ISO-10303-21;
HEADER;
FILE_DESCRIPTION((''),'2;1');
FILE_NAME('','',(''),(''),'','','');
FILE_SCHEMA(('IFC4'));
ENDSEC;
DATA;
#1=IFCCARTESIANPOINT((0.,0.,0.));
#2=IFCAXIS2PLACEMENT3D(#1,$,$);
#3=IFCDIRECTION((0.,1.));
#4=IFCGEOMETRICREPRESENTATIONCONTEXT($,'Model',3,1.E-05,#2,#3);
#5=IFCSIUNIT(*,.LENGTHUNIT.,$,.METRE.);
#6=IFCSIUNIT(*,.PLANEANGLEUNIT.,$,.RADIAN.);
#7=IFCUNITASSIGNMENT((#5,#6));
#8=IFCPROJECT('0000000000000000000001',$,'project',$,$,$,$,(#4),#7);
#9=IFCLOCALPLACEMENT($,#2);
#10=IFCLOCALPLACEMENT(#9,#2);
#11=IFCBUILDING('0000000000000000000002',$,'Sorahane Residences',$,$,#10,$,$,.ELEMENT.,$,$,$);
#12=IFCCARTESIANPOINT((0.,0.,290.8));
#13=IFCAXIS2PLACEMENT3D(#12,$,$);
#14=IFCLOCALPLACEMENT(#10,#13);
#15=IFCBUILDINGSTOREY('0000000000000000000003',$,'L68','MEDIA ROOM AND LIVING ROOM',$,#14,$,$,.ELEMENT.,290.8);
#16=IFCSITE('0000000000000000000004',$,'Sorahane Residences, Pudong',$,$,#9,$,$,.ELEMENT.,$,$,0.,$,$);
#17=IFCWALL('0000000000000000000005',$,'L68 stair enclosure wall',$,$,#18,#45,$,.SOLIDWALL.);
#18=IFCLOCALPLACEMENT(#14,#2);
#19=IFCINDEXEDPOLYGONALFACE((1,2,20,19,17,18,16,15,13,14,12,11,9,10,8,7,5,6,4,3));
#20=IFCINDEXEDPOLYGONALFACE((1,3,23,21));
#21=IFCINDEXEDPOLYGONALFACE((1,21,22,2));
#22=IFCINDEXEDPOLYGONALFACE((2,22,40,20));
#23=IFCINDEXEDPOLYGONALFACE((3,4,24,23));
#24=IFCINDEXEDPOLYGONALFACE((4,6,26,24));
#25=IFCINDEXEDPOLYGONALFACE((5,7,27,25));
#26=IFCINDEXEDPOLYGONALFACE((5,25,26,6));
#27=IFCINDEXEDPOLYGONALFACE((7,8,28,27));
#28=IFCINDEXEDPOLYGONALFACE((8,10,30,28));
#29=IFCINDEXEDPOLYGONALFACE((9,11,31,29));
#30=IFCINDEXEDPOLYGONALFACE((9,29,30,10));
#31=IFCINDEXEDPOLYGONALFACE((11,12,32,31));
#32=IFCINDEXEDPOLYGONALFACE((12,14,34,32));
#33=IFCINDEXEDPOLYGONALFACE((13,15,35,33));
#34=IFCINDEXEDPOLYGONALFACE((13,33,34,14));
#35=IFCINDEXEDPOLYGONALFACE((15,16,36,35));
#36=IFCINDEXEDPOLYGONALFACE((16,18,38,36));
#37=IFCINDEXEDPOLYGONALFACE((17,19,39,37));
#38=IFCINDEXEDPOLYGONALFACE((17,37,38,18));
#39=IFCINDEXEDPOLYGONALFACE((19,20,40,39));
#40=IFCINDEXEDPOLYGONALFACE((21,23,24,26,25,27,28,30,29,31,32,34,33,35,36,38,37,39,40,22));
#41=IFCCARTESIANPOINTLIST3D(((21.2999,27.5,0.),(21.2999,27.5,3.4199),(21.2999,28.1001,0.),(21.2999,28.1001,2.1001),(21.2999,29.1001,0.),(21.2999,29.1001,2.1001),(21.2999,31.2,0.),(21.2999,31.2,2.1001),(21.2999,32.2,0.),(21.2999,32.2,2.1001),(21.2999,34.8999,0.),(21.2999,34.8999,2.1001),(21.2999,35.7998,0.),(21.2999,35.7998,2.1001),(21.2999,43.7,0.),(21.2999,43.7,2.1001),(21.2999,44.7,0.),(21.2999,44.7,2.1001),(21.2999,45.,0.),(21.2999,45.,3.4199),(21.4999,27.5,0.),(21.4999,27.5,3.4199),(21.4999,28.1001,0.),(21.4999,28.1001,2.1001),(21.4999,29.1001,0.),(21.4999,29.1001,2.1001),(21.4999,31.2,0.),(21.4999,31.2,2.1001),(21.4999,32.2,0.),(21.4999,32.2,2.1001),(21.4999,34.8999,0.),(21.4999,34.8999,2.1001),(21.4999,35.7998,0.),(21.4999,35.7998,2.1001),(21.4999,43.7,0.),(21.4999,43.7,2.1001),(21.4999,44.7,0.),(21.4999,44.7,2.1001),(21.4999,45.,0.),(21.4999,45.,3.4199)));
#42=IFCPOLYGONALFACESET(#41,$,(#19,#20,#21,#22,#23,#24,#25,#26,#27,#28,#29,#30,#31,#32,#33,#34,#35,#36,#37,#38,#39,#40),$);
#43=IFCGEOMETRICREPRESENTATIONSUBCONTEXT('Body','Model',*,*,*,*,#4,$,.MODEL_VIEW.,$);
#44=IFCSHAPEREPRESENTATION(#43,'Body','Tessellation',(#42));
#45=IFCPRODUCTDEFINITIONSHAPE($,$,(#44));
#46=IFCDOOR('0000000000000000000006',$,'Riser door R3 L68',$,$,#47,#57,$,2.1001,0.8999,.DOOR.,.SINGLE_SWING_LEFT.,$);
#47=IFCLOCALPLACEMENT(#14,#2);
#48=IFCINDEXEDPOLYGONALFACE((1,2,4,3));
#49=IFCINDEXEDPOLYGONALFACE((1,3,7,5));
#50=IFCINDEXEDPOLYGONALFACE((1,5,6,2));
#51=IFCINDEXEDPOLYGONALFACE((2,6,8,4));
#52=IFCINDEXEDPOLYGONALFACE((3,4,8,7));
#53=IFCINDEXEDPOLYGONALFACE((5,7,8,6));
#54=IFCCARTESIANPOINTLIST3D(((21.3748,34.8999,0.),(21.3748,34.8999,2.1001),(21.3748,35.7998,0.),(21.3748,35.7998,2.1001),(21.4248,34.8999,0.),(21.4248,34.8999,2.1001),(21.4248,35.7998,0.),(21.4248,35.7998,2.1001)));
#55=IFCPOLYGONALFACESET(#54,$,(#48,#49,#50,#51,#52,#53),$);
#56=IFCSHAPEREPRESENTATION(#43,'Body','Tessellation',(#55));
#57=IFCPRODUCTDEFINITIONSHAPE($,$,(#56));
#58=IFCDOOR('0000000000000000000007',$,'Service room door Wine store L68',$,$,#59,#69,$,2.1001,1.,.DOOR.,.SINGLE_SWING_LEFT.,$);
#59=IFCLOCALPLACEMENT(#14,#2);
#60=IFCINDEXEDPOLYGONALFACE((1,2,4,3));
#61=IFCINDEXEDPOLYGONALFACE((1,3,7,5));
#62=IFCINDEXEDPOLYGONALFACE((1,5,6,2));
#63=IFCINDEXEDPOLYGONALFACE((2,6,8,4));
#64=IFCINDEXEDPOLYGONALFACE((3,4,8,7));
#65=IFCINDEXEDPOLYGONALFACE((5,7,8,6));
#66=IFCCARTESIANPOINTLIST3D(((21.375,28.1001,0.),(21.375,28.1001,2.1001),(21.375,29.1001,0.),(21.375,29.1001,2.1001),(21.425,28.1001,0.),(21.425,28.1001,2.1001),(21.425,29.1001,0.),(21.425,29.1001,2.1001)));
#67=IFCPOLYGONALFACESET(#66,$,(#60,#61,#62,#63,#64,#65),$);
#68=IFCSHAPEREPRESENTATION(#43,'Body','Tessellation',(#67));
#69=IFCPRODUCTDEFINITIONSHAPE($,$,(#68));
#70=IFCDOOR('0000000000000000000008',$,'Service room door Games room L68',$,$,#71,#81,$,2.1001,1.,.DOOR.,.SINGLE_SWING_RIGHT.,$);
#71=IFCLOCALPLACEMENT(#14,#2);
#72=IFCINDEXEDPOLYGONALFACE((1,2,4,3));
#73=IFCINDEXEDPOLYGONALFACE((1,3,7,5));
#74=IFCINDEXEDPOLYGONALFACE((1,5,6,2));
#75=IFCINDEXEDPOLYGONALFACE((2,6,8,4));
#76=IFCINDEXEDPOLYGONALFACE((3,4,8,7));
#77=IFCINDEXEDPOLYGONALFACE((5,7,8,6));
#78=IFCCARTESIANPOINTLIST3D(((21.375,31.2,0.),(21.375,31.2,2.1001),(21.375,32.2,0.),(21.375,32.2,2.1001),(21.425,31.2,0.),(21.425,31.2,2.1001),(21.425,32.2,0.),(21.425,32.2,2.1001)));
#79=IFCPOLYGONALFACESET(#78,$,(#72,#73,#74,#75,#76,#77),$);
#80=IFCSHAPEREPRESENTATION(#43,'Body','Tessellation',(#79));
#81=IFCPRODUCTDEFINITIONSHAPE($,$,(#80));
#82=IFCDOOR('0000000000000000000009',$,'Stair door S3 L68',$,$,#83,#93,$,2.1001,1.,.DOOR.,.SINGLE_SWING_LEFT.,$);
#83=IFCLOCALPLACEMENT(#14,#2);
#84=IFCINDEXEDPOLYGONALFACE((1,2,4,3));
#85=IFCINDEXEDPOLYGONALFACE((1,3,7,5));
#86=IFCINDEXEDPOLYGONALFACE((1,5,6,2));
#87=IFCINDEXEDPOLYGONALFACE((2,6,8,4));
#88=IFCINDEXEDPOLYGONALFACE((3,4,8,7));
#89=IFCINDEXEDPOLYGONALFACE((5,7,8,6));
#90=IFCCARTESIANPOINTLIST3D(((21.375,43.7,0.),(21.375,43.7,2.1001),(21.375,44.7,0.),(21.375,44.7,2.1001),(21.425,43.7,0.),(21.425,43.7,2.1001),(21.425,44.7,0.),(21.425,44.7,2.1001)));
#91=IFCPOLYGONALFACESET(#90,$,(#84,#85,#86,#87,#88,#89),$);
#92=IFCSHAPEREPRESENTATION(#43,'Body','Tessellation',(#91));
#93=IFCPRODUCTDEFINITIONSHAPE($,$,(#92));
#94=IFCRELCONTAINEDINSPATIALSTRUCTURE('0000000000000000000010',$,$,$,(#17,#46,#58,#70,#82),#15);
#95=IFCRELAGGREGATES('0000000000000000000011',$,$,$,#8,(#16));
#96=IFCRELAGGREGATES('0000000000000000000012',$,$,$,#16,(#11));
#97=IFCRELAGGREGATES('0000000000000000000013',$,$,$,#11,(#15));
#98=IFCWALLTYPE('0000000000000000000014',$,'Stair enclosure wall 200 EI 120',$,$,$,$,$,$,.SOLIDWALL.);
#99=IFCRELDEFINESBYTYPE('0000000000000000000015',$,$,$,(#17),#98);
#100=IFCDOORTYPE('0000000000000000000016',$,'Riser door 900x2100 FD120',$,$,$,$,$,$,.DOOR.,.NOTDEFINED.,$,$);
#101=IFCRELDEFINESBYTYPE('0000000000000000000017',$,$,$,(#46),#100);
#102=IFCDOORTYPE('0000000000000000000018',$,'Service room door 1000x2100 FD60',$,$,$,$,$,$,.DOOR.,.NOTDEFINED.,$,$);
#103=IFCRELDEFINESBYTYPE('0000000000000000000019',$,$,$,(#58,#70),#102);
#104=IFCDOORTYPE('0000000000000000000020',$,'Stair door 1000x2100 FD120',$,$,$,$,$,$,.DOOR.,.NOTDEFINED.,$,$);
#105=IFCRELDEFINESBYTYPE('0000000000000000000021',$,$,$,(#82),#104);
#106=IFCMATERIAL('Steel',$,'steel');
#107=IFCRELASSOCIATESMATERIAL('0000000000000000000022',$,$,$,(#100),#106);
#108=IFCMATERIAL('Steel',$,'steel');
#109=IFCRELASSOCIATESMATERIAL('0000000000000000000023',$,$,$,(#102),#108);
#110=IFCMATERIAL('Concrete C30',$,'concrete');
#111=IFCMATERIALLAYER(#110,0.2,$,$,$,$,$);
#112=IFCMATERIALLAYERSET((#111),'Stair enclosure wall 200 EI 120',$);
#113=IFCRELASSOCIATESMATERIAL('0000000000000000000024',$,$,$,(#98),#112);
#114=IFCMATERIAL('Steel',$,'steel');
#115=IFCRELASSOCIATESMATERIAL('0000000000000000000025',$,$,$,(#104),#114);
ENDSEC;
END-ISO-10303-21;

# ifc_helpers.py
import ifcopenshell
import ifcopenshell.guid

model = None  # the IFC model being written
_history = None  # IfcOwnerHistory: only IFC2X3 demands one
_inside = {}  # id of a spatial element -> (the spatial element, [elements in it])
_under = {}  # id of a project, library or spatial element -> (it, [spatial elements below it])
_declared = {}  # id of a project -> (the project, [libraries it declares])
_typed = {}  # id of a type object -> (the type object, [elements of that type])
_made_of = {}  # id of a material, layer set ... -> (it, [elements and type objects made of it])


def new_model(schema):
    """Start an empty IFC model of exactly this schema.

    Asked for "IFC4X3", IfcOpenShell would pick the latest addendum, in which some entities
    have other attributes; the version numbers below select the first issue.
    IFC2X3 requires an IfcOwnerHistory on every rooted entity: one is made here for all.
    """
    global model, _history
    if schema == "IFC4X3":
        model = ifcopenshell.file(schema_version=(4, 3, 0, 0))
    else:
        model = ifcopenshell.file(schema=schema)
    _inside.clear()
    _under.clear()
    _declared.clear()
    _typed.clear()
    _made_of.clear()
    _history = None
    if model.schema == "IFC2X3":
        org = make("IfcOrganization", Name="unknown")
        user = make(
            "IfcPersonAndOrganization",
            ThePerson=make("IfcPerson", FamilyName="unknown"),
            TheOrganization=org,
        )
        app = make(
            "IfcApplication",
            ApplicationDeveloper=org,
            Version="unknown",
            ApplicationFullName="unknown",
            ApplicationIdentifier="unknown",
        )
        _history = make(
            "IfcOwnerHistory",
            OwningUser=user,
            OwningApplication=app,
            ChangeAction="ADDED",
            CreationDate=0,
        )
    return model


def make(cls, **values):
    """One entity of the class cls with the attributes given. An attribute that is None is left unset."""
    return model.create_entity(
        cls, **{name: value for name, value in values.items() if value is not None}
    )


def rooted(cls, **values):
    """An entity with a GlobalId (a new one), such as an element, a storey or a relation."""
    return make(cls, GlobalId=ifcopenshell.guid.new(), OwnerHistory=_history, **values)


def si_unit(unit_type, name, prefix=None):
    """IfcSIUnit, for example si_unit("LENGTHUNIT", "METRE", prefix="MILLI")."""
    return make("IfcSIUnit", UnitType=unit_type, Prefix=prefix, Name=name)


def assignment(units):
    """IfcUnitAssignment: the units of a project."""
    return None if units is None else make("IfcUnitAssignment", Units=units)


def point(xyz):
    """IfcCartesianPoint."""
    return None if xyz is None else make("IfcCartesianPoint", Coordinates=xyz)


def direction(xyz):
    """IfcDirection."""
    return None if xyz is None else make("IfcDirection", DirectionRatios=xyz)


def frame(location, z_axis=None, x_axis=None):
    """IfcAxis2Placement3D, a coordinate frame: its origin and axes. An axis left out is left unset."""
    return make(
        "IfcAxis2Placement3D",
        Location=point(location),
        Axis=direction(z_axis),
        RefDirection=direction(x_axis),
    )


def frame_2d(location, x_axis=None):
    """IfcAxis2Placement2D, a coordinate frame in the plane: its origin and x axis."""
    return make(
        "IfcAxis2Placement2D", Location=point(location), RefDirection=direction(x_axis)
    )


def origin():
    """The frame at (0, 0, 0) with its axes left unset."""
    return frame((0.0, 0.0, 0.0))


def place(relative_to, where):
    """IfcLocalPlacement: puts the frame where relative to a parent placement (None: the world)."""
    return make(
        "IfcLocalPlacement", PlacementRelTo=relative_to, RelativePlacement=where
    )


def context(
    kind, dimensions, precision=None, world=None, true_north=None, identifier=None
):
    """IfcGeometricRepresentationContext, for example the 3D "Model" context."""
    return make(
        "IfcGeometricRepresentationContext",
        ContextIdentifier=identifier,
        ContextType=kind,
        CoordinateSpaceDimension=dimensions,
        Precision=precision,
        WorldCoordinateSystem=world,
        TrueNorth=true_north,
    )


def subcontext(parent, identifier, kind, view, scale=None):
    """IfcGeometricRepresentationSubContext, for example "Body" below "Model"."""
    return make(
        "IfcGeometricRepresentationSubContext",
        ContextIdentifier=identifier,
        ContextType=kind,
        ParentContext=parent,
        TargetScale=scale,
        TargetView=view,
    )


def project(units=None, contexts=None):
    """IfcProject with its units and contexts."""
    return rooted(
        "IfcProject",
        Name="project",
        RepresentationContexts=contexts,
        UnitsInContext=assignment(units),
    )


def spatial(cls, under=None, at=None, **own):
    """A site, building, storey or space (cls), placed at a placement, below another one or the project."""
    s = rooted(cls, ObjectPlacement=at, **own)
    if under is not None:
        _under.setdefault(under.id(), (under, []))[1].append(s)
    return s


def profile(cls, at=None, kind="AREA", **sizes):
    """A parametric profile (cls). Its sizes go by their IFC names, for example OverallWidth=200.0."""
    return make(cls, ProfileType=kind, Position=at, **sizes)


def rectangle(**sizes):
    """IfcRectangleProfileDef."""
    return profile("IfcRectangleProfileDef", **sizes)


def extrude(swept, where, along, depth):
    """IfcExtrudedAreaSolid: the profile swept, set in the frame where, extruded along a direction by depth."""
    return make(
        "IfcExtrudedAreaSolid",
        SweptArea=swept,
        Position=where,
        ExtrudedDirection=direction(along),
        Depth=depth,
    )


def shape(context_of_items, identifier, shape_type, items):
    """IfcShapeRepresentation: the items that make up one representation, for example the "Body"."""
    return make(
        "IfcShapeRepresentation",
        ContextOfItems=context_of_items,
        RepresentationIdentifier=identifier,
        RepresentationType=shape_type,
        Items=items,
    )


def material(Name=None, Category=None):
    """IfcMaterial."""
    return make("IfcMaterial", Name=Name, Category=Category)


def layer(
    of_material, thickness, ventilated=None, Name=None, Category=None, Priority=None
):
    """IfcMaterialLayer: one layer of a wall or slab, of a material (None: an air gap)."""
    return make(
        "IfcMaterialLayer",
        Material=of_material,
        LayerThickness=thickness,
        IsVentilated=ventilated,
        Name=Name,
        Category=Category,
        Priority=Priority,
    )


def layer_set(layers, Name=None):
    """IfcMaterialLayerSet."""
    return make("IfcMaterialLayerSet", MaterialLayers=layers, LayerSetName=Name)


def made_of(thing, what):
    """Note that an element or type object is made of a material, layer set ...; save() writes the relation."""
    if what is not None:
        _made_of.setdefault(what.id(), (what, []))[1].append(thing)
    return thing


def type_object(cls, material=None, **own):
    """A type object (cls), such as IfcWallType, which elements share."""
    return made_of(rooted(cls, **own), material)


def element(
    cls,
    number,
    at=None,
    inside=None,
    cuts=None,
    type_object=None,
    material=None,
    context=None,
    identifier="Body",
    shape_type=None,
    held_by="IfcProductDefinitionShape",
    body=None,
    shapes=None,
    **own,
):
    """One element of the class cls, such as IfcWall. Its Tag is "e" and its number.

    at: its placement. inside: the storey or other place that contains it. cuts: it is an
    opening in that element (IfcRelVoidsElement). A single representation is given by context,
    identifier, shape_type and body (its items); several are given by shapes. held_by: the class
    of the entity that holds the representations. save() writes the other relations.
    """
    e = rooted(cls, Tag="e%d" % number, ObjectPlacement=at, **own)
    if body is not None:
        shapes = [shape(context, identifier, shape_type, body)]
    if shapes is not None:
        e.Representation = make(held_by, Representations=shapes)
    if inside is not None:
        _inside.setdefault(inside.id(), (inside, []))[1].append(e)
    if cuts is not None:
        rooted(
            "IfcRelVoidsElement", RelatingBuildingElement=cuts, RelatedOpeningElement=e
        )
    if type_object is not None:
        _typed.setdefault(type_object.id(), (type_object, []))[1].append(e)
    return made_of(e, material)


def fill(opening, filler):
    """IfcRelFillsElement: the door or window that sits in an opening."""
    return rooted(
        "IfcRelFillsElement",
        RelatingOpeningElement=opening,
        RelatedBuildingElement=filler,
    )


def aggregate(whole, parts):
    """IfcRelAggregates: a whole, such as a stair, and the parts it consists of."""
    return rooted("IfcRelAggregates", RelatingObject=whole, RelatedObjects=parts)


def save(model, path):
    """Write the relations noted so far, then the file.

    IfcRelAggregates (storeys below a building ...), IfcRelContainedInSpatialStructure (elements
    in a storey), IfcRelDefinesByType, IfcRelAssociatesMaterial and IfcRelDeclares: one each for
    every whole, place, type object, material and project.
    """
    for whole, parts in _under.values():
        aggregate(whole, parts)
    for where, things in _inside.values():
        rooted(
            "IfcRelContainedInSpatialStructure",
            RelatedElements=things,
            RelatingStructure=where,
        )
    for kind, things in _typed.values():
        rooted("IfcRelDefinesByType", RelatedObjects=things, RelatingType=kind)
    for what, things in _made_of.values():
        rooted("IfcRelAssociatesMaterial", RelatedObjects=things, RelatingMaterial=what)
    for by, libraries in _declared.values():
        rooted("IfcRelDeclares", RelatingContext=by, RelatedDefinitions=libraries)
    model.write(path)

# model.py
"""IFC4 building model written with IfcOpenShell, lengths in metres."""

from ifc_helpers import new_model, si_unit, direction, frame, frame_2d, origin, place, context, subcontext, project, spatial, rectangle, extrude, material, layer, layer_set, type_object, element, fill, save


model = new_model("IFC4")

# Units and contexts
model_context = context("Model", 3, precision=1e-05, world=origin(), true_north=direction((0.0, 1.0)))
body_context = subcontext(model_context, "Body", "Model", "MODEL_VIEW")
ifc_project = project(units=[si_unit("LENGTHUNIT", "METRE"), si_unit("PLANEANGLEUNIT", "RADIAN")], contexts=[model_context])

# Site, building, storey
site_placement = place(None, origin())
site = spatial("IfcSite", under=ifc_project, at=site_placement, Name="Sorahane Residences, Pudong", CompositionType="ELEMENT", RefElevation=0.0)
building_placement = place(site_placement, origin())
building = spatial("IfcBuilding", under=site, at=building_placement, Name="Sorahane Residences", CompositionType="ELEMENT")
storey_placement = place(building_placement, frame((0.0, 0.0, 290.8)))
storey = spatial("IfcBuildingStorey", under=building, at=storey_placement, Name="L68", Description="MEDIA ROOM AND LIVING ROOM", CompositionType="ELEMENT", Elevation=290.8)

# Shared definitions
ifc_material_1 = material(Name="Steel", Category="steel")
door_type_1 = type_object("IfcDoorType", Name="Riser door 900x2100 FD120", OperationType="NOTDEFINED", PredefinedType="DOOR", material=ifc_material_1)
ifc_material_2 = material(Name="Steel", Category="steel")
door_type_2 = type_object("IfcDoorType", Name="Service room door 1000x2100 FD60", OperationType="NOTDEFINED", PredefinedType="DOOR", material=ifc_material_2)

# Wall, openings, doors
ifc_material_3 = material(Name="Concrete C30", Category="concrete")
ifc_layer_1 = layer(ifc_material_3, 0.2)
ifc_layer_set_1 = layer_set([ifc_layer_1], Name="Stair enclosure wall 200 EI 120")
wall_type_1 = type_object("IfcWallType", Name="Stair enclosure wall 200 EI 120", PredefinedType="SOLIDWALL", material=ifc_layer_set_1)
wall_1_placement = place(storey_placement, frame((21.3999, 27.5, 0.0), z_axis=(0.0, 0.0, 1.0), x_axis=(0.0, 1.0, 0.0)))
wall_1 = element("IfcWall", 1, at=wall_1_placement, inside=storey, type_object=wall_type_1, Name="L68 stair enclosure wall", PredefinedType="SOLIDWALL", context=body_context, shape_type="SweptSolid", body=[
    extrude(rectangle(XDim=17.5, YDim=0.2, at=frame_2d((8.75, 0.0))), origin(), (0.0, 0.0, 1.0), 3.4199),
])
opening_1_placement = place(wall_1_placement, frame((0.6001, 0.0, 0.0)))
opening_1 = element("IfcOpeningElement", 2, at=opening_1_placement, cuts=wall_1, PredefinedType="OPENING", context=body_context, shape_type="SweptSolid", body=[
    extrude(rectangle(XDim=1.0, YDim=2.1001, at=frame_2d((0.5, 1.05))), frame((0.0, 0.1099, 0.0), z_axis=(0.0, -1.0, 0.0), x_axis=(1.0, 0.0, 0.0)), (0.0, 0.0, 1.0), 0.22),
])
opening_2_placement = place(wall_1_placement, frame((3.7, 0.0, 0.0)))
opening_2 = element("IfcOpeningElement", 3, at=opening_2_placement, cuts=wall_1, PredefinedType="OPENING", context=body_context, shape_type="SweptSolid", body=[
    extrude(rectangle(XDim=1.0, YDim=2.1001, at=frame_2d((0.5, 1.05))), frame((0.0, 0.1099, 0.0), z_axis=(0.0, -1.0, 0.0), x_axis=(1.0, 0.0, 0.0)), (0.0, 0.0, 1.0), 0.22),
])
opening_3_placement = place(wall_1_placement, frame((16.2, 0.0, 0.0)))
opening_3 = element("IfcOpeningElement", 4, at=opening_3_placement, cuts=wall_1, PredefinedType="OPENING", context=body_context, shape_type="SweptSolid", body=[
    extrude(rectangle(XDim=1.0, YDim=2.1001, at=frame_2d((0.5, 1.05))), frame((0.0, 0.1099, 0.0), z_axis=(0.0, -1.0, 0.0), x_axis=(1.0, 0.0, 0.0)), (0.0, 0.0, 1.0), 0.22),
])
opening_4_placement = place(wall_1_placement, frame((7.3999, 0.0, 0.0)))
opening_4 = element("IfcOpeningElement", 5, at=opening_4_placement, cuts=wall_1, PredefinedType="OPENING", context=body_context, shape_type="SweptSolid", body=[
    extrude(rectangle(XDim=0.8999, YDim=2.1001, at=frame_2d((0.45, 1.05))), frame((0.0, 0.1099, 0.0), z_axis=(0.0, -1.0, 0.0), x_axis=(1.0, 0.0, 0.0)), (0.0, 0.0, 1.0), 0.22),
])
door_1_placement = place(opening_4_placement, frame((0.8999, 0.0, 0.0), z_axis=(0.0, 0.0, 1.0), x_axis=(-1.0, 0.0, 0.0)))
door_1 = element("IfcDoor", 6, at=door_1_placement, inside=storey, type_object=door_type_1, Name="Riser door R3 L68", OperationType="SINGLE_SWING_LEFT", OverallHeight=2.1001, OverallWidth=0.8999, PredefinedType="DOOR", context=body_context, shape_type="SweptSolid", body=[
    extrude(rectangle(XDim=0.8999, YDim=2.1001, at=frame_2d((0.45, 1.05))), frame((0.0, 0.0249, 0.0), z_axis=(0.0, -1.0, 0.0), x_axis=(1.0, 0.0, 0.0)), (0.0, 0.0, 1.0), 0.05),
])
fill(opening_4, door_1)
door_2_placement = place(opening_1_placement, origin())
door_2 = element("IfcDoor", 7, at=door_2_placement, inside=storey, type_object=door_type_2, Name="Service room door Wine store L68", OperationType="SINGLE_SWING_LEFT", OverallHeight=2.1001, OverallWidth=1.0, PredefinedType="DOOR", context=body_context, shape_type="SweptSolid", body=[
    extrude(rectangle(XDim=1.0, YDim=2.1001, at=frame_2d((0.5, 1.05))), frame((0.0, 0.0249, 0.0), z_axis=(0.0, -1.0, 0.0), x_axis=(1.0, 0.0, 0.0)), (0.0, 0.0, 1.0), 0.05),
])
fill(opening_1, door_2)
door_3_placement = place(opening_2_placement, origin())
door_3 = element("IfcDoor", 8, at=door_3_placement, inside=storey, type_object=door_type_2, Name="Service room door Games room L68", OperationType="SINGLE_SWING_RIGHT", OverallHeight=2.1001, OverallWidth=1.0, PredefinedType="DOOR", context=body_context, shape_type="SweptSolid", body=[
    extrude(rectangle(XDim=1.0, YDim=2.1001, at=frame_2d((0.5, 1.05))), frame((0.0, 0.0249, 0.0), z_axis=(0.0, -1.0, 0.0), x_axis=(1.0, 0.0, 0.0)), (0.0, 0.0, 1.0), 0.05),
])
fill(opening_2, door_3)
ifc_material_4 = material(Name="Steel", Category="steel")
door_type_3 = type_object("IfcDoorType", Name="Stair door 1000x2100 FD120", OperationType="NOTDEFINED", PredefinedType="DOOR", material=ifc_material_4)
door_4_placement = place(opening_3_placement, origin())
door_4 = element("IfcDoor", 9, at=door_4_placement, inside=storey, type_object=door_type_3, Name="Stair door S3 L68", OperationType="SINGLE_SWING_LEFT", OverallHeight=2.1001, OverallWidth=1.0, PredefinedType="DOOR", context=body_context, shape_type="SweptSolid", body=[
    extrude(rectangle(XDim=1.0, YDim=2.1001, at=frame_2d((0.5, 1.05))), frame((0.0, 0.0249, 0.0), z_axis=(0.0, -1.0, 0.0), x_axis=(1.0, 0.0, 0.0)), (0.0, 0.0, 1.0), 0.05),
])
fill(opening_3, door_4)

save(model, "model.ifc")
